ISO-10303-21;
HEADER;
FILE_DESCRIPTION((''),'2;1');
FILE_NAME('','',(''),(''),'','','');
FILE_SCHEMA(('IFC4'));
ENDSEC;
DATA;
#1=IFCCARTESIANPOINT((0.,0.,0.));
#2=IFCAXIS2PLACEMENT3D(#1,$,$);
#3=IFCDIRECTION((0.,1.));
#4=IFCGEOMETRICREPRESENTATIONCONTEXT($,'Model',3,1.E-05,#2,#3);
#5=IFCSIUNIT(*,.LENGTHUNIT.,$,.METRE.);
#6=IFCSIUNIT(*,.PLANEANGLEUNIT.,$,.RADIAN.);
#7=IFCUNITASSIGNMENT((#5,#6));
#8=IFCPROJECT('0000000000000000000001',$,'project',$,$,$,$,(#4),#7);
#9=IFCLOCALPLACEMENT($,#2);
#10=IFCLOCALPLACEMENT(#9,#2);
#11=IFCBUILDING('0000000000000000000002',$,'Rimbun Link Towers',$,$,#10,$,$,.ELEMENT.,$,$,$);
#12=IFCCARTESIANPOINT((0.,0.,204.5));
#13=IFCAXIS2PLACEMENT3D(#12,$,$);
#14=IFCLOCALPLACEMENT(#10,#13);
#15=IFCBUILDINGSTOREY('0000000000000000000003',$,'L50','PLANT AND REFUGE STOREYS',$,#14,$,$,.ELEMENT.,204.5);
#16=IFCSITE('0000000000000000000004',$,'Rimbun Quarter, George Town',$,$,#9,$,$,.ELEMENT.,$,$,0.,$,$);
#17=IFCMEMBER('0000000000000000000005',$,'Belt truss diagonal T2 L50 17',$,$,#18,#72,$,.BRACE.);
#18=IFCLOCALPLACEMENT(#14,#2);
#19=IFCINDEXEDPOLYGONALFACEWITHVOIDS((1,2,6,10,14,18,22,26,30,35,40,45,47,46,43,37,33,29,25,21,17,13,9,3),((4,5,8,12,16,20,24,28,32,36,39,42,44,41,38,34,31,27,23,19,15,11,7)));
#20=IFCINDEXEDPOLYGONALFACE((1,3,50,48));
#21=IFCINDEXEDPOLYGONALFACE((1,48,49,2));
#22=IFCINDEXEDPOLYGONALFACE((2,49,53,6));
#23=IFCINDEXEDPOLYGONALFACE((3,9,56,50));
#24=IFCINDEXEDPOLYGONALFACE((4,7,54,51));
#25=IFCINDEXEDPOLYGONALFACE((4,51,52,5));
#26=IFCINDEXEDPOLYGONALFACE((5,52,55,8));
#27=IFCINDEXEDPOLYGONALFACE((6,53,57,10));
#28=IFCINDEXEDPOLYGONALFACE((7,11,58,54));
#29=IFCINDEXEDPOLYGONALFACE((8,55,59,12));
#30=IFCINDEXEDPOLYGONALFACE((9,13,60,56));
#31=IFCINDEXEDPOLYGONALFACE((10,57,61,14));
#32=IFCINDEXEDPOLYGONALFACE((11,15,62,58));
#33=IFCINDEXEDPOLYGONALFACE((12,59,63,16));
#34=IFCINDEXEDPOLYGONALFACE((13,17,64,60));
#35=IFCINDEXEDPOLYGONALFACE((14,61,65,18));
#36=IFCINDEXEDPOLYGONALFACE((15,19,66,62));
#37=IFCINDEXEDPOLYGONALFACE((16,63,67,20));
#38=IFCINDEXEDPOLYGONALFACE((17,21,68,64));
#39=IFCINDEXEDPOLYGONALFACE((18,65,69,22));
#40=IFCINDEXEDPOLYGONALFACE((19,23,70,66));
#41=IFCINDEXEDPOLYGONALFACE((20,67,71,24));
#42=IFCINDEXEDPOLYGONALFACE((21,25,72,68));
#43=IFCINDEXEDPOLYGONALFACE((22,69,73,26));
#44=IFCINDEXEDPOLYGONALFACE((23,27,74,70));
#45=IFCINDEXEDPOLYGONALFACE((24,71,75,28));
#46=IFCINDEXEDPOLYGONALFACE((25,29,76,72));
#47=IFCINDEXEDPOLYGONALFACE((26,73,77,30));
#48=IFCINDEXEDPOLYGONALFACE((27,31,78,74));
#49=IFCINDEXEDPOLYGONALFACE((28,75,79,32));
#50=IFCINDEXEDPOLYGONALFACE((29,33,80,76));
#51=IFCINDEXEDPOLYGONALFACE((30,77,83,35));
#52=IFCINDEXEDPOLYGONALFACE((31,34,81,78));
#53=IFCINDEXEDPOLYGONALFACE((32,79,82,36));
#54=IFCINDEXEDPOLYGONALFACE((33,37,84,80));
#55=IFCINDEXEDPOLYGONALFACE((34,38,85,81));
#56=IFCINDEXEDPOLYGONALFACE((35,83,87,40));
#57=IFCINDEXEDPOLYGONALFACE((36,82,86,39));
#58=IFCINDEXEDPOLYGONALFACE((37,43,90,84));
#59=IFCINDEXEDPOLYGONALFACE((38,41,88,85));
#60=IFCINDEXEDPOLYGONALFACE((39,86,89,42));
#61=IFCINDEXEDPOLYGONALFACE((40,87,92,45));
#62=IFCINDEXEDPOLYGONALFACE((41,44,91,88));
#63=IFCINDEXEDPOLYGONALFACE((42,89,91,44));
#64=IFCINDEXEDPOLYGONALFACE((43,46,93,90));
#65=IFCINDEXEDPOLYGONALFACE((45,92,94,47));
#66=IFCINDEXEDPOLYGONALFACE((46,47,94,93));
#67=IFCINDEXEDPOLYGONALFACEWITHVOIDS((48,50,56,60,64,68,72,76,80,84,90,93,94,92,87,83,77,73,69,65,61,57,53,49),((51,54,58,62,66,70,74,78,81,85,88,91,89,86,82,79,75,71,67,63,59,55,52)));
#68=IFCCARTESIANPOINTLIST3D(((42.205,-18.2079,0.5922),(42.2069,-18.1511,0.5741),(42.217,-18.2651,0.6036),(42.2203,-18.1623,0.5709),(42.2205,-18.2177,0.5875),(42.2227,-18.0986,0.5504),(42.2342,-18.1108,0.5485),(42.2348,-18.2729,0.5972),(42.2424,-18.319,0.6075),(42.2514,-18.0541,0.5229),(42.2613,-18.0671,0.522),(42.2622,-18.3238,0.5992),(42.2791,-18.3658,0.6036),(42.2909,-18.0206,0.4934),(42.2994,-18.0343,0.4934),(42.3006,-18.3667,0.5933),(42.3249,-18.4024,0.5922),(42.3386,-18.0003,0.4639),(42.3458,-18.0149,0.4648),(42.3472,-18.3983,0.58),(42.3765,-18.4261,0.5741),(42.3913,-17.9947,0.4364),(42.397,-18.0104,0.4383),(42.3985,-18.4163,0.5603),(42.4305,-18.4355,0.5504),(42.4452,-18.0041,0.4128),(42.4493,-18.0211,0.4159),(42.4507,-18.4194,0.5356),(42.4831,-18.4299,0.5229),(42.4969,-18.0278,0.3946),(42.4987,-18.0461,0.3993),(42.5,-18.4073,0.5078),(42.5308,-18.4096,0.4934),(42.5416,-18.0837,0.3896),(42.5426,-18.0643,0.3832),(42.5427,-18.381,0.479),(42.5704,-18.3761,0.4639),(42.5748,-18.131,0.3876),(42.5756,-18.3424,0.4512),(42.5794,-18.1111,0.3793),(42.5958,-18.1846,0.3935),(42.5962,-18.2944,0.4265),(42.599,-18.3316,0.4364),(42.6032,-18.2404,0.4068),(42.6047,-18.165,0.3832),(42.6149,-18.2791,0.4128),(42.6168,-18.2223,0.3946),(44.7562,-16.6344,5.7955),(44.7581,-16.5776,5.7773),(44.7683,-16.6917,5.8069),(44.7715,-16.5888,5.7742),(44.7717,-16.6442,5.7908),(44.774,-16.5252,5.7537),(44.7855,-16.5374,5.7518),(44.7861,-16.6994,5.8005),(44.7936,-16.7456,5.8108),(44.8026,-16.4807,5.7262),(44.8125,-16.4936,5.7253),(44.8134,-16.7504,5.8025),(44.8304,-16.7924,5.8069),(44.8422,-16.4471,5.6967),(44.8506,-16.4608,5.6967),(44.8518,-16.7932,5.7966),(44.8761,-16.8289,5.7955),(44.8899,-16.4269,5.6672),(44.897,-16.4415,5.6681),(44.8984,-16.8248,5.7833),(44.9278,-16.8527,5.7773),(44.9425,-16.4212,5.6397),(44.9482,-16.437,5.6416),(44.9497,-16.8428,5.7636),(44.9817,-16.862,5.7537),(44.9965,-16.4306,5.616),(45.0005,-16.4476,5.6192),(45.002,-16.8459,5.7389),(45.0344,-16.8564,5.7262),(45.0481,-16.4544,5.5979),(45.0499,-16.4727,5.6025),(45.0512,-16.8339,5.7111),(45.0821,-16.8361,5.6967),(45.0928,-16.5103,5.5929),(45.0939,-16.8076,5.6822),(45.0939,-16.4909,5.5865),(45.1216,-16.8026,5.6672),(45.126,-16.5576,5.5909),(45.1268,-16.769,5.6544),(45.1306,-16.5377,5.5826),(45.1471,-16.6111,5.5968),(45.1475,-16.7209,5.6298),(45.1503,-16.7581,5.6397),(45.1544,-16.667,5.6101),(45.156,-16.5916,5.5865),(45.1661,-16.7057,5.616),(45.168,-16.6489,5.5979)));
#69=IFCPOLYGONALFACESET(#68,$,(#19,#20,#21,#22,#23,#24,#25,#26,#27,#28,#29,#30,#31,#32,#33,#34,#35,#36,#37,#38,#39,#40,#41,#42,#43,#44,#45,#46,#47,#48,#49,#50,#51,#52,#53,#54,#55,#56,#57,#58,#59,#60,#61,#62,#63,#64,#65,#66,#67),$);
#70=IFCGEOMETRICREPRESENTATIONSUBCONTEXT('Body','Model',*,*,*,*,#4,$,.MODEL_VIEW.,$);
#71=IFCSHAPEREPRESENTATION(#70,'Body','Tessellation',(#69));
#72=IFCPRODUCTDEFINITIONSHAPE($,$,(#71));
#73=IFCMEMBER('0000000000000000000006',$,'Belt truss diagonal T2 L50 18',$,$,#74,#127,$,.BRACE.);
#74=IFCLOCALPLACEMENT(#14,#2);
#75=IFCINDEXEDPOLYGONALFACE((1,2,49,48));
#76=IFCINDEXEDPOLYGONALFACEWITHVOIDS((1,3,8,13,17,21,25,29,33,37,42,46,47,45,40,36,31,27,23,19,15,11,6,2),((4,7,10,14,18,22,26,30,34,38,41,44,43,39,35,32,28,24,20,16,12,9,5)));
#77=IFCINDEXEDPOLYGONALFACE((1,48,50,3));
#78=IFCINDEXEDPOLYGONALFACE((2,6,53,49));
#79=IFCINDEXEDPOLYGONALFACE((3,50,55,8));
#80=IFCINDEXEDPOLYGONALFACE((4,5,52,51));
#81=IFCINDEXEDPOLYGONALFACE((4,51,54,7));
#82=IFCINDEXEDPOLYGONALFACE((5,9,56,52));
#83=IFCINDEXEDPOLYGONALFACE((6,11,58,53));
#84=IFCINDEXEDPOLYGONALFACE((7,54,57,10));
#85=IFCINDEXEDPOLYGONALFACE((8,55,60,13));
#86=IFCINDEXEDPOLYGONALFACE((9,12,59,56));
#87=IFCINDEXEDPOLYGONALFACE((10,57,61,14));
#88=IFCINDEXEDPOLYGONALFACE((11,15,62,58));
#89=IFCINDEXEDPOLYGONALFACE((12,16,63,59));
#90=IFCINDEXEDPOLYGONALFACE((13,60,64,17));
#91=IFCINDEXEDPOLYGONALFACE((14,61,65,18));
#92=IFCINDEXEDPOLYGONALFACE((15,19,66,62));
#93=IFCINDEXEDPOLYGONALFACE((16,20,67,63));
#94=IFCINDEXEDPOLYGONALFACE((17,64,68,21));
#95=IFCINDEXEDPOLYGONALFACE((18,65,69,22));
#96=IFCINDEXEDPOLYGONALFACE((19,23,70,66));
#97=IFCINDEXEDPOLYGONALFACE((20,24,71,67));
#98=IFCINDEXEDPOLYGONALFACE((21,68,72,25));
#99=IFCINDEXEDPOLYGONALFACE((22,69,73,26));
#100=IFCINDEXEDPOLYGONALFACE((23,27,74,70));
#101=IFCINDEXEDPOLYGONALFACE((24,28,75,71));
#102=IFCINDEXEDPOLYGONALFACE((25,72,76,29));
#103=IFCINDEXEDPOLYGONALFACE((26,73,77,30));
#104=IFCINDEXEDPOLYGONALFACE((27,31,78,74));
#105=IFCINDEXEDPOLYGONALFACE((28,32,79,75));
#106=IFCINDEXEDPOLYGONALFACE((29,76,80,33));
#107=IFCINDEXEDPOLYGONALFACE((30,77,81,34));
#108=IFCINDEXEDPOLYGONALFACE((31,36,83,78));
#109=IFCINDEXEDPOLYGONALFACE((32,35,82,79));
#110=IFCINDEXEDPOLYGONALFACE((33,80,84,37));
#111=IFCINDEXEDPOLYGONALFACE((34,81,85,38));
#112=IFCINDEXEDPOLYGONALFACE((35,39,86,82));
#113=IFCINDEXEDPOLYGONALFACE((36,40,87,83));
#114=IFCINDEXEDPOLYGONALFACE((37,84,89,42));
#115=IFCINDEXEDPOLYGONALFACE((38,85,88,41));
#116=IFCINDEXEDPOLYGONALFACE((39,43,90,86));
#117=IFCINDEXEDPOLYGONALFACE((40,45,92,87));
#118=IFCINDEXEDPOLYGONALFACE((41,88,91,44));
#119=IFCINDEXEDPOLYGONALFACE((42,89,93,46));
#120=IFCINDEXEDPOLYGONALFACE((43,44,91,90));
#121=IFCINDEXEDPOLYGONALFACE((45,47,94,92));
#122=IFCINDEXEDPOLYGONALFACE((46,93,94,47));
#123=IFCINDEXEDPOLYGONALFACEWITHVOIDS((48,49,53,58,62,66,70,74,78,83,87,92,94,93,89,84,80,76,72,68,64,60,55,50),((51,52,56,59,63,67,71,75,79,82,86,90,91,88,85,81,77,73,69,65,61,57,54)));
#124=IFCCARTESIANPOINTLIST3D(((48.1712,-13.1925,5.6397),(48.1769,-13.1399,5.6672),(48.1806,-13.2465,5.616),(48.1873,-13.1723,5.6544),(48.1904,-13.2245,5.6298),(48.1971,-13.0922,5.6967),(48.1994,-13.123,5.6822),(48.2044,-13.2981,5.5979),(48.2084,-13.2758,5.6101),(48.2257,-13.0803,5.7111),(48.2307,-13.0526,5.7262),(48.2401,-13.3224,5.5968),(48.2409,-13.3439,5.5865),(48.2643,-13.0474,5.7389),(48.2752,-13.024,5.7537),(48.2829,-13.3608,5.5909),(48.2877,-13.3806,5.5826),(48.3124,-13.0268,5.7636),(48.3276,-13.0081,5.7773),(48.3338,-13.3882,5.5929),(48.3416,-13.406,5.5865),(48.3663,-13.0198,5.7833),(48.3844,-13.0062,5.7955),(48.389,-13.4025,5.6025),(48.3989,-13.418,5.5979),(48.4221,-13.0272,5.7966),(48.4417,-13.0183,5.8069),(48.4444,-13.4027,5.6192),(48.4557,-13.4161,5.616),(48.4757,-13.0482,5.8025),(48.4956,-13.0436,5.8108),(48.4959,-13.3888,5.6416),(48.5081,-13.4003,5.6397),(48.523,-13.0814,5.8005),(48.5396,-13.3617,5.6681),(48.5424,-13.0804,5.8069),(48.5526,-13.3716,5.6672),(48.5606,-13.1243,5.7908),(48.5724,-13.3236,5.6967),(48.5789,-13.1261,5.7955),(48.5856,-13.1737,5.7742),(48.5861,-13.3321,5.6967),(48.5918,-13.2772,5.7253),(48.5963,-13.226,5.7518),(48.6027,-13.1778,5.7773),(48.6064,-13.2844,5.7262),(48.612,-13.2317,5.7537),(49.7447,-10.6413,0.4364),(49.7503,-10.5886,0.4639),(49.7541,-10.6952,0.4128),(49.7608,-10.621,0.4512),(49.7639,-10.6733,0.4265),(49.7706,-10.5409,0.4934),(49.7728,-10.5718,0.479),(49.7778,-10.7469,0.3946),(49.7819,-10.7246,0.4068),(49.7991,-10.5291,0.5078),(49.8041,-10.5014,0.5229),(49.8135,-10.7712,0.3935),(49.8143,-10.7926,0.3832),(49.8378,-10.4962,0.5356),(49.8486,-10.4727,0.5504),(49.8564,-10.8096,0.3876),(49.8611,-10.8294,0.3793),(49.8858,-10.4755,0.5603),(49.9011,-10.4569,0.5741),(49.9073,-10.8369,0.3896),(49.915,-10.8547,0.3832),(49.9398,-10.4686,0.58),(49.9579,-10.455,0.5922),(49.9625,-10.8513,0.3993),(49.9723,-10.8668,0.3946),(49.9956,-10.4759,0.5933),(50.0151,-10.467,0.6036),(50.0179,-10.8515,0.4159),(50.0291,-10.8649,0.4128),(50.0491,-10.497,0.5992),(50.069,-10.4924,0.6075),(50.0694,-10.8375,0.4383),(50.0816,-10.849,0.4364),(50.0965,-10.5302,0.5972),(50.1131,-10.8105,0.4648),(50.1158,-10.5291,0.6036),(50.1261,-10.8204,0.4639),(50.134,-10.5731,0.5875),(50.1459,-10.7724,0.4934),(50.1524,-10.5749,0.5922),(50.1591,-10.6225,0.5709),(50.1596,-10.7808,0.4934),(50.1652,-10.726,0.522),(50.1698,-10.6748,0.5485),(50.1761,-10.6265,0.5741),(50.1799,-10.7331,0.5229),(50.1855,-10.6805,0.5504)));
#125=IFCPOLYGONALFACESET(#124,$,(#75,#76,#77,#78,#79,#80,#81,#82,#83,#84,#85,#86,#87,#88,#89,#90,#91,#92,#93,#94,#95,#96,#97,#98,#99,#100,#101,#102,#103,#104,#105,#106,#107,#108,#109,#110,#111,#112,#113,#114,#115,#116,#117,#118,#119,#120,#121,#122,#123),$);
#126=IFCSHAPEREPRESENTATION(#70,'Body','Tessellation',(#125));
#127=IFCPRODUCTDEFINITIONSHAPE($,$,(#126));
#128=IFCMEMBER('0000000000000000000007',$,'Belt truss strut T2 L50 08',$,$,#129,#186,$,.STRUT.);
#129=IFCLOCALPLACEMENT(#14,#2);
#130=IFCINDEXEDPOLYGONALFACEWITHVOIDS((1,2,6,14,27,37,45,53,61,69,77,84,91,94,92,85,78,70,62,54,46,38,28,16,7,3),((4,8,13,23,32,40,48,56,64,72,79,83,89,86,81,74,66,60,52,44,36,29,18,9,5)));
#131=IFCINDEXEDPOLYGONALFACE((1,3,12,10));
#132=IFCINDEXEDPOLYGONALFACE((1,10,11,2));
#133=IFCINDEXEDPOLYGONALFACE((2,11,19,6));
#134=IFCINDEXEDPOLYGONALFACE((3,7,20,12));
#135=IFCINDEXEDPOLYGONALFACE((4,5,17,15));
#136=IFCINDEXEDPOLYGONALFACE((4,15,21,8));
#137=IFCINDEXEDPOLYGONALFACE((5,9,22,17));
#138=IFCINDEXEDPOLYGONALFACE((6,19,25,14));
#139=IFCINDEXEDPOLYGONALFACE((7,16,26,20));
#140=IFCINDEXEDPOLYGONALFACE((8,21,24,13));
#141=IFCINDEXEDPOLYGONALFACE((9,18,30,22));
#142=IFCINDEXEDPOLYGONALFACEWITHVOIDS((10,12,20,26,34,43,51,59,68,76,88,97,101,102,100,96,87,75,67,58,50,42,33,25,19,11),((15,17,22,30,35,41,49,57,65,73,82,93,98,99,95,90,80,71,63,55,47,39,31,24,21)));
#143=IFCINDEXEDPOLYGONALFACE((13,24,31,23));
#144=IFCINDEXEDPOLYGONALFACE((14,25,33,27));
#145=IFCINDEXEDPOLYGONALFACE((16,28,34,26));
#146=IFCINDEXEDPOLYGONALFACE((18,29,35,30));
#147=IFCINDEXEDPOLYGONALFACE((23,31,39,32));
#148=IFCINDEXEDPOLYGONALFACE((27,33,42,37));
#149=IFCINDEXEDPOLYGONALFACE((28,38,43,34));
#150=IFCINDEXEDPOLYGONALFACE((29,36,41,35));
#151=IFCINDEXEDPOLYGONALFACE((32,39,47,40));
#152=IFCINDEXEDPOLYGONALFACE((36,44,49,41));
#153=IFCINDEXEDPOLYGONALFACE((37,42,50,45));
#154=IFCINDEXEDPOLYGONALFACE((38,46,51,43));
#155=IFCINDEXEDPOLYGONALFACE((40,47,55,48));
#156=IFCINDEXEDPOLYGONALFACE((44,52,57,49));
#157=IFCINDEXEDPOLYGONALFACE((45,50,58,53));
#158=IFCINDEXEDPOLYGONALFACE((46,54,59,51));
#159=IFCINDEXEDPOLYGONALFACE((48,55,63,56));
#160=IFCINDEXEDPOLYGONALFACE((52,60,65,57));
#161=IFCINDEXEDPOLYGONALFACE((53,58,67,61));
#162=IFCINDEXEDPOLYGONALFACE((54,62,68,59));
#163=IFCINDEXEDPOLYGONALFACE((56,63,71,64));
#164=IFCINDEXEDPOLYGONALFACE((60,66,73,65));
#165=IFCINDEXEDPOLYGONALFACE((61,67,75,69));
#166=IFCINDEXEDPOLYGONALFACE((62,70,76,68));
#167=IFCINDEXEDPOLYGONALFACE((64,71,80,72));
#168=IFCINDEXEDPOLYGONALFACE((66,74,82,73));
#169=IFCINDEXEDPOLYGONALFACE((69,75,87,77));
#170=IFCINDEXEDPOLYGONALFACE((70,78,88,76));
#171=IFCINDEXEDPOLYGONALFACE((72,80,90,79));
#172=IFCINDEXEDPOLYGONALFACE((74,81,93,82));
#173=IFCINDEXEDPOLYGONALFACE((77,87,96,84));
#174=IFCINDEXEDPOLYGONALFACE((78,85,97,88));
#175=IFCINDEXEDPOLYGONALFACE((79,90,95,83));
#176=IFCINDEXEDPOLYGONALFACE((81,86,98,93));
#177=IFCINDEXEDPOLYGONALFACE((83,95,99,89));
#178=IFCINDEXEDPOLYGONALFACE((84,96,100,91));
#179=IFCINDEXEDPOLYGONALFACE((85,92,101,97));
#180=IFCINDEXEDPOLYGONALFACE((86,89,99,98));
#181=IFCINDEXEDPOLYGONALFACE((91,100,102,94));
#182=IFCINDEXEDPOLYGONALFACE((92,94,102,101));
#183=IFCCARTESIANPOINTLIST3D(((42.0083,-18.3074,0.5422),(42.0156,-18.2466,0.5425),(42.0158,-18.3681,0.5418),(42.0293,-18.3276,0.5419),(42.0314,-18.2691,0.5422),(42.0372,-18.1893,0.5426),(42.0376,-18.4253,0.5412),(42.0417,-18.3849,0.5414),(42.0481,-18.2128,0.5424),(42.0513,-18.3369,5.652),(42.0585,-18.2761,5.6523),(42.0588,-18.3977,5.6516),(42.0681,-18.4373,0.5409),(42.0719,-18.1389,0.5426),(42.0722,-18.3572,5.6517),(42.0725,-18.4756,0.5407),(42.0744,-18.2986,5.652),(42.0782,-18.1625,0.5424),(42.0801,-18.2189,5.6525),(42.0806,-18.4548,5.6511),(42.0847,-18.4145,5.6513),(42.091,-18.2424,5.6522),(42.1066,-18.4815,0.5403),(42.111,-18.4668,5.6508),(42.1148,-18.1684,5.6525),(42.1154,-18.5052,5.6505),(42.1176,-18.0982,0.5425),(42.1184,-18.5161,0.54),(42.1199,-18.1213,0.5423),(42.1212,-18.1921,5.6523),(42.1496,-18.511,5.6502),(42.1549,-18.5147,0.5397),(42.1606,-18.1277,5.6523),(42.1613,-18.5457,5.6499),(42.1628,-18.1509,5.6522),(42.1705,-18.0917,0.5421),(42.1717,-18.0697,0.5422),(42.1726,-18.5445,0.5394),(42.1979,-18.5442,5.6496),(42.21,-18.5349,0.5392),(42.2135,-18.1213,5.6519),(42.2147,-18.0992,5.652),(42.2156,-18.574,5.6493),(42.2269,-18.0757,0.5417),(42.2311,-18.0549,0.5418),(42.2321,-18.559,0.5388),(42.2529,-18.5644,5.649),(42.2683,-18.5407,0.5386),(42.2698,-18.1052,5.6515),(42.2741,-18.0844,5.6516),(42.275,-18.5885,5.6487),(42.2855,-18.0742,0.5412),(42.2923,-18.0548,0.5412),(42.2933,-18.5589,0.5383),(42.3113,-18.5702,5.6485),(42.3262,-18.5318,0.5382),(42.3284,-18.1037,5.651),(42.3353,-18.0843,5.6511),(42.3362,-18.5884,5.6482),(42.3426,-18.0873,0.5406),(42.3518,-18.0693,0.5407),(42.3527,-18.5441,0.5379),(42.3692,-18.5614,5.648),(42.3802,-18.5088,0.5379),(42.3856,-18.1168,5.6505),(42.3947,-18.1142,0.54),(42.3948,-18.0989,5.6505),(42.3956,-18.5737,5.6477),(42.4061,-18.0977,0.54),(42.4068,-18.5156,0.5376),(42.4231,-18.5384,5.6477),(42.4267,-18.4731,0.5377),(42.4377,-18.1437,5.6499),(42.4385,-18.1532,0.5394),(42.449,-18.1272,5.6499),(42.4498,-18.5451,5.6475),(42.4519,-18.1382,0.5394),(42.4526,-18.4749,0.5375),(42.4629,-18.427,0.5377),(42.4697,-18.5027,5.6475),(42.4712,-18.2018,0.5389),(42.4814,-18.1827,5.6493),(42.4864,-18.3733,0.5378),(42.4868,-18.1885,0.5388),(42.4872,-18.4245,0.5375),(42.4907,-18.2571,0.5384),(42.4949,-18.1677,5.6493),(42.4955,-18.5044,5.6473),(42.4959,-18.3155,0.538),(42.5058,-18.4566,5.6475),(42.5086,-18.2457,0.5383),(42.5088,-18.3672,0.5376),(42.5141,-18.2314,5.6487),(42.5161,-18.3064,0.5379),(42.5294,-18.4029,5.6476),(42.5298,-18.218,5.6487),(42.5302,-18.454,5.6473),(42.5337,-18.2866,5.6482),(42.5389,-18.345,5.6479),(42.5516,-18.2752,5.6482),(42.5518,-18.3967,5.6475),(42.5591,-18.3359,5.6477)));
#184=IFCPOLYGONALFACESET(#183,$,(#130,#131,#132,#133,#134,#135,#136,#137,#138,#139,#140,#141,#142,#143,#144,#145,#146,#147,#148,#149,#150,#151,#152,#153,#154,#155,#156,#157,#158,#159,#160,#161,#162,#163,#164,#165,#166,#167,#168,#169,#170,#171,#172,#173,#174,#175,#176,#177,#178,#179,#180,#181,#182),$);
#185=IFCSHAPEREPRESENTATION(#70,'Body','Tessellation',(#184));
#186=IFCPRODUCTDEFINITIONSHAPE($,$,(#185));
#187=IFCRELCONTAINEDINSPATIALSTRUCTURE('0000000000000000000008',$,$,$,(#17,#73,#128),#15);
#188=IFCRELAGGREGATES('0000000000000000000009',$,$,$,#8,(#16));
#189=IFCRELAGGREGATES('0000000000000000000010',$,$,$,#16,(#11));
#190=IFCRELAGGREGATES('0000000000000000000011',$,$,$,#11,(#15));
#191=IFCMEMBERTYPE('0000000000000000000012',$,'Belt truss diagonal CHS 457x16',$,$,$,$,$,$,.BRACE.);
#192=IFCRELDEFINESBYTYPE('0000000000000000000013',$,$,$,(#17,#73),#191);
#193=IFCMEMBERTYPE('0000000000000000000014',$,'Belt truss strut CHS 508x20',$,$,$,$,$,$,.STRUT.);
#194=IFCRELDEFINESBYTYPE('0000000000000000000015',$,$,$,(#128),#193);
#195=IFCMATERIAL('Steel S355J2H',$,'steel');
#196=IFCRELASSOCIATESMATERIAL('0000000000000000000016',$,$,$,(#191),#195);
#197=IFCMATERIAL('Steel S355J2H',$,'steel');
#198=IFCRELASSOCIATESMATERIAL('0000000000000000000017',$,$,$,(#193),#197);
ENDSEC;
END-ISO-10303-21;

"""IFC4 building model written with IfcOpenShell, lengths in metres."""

from ifc_helpers import new_model, si_unit, direction, frame, origin, origin_2d, place, context, subcontext, project, spatial, hollow_circle, extrude, material, material_profile, profile_set, type_object, element, save


model = new_model("IFC4")

# Units and contexts
model_context = context("Model", 3, precision=1e-05, world=origin(), true_north=direction((0.0, 1.0)))
body_context = subcontext(model_context, "Body", "Model", "MODEL_VIEW")
ifc_project = project(units=[si_unit("LENGTHUNIT", "METRE"), si_unit("PLANEANGLEUNIT", "RADIAN")], contexts=[model_context])

# Site, building, storey
site_placement = place(None, origin())
site = spatial("IfcSite", under=ifc_project, at=site_placement, Name="Rimbun Quarter, George Town", CompositionType="ELEMENT", RefElevation=0.0)
building_placement = place(site_placement, origin())
building = spatial("IfcBuilding", under=site, at=building_placement, Name="Rimbun Link Towers", CompositionType="ELEMENT")
storey_placement = place(building_placement, frame((0.0, 0.0, 204.5)))
storey = spatial("IfcBuildingStorey", under=building, at=storey_placement, Name="L50", Description="PLANT AND REFUGE STOREYS", CompositionType="ELEMENT", Elevation=204.5)

# Members
ifc_material_1 = material(Name="Steel S355J2H", Category="steel")
ifc_material_profile_1 = material_profile(ifc_material_1, hollow_circle(Radius=0.2285, WallThickness=0.0161, at=origin_2d()), Name="Belt truss diagonal CHS 457x16")
ifc_profile_set_1 = profile_set([ifc_material_profile_1], Name="Steel S355J2H")
member_type_1 = type_object("IfcMemberType", Name="Belt truss diagonal CHS 457x16", PredefinedType="BRACE", material=ifc_profile_set_1)
for number, where, z_axis, x_axis, name in (
    (1, (42.4109, -18.2151, 0.4934), (0.424858, 0.26203, 0.866508), (-0.524938, 0.851141, 0.0), "Belt truss diagonal T2 L50 17"),
    (2, (49.9651, -10.6609, 0.4934), (-0.26203, -0.424858, 0.866508), (0.851141, -0.524938, 0.0), "Belt truss diagonal T2 L50 18"),
):
    element("IfcMember", number, at=place(storey_placement, frame(where, z_axis=z_axis, x_axis=x_axis)), inside=storey, type_object=member_type_1, Name=name, PredefinedType="BRACE", context=body_context, shape_type="SweptSolid", body=[
        extrude(hollow_circle(Radius=0.2285, WallThickness=0.0161, at=origin_2d()), origin(), (0.0, 0.0, 1.0), 6.0049),
    ])
ifc_material_2 = material(Name="Steel S355J2H", Category="steel")
ifc_material_profile_2 = material_profile(ifc_material_2, hollow_circle(Radius=0.2539, WallThickness=0.02, at=origin_2d()), Name="Belt truss strut CHS 508x20")
ifc_profile_set_2 = profile_set([ifc_material_profile_2], Name="Steel S355J2H")
member_type_2 = type_object("IfcMemberType", Name="Belt truss strut CHS 508x20", PredefinedType="STRUT", material=ifc_profile_set_2)
member_1_placement = place(storey_placement, frame((42.2622, -18.3069, 0.54), z_axis=(0.008409, -0.005781, 0.999948), x_axis=(0.566529, 0.824042, 0.0)))
element("IfcMember", 3, at=member_1_placement, inside=storey, type_object=member_type_2, Name="Belt truss strut T2 L50 08", PredefinedType="STRUT", context=body_context, shape_type="SweptSolid", body=[
    extrude(hollow_circle(Radius=0.2539, WallThickness=0.02, at=origin_2d()), origin(), (0.0, 0.0, 1.0), 5.1101),
])

save(model, "model.ifc")
